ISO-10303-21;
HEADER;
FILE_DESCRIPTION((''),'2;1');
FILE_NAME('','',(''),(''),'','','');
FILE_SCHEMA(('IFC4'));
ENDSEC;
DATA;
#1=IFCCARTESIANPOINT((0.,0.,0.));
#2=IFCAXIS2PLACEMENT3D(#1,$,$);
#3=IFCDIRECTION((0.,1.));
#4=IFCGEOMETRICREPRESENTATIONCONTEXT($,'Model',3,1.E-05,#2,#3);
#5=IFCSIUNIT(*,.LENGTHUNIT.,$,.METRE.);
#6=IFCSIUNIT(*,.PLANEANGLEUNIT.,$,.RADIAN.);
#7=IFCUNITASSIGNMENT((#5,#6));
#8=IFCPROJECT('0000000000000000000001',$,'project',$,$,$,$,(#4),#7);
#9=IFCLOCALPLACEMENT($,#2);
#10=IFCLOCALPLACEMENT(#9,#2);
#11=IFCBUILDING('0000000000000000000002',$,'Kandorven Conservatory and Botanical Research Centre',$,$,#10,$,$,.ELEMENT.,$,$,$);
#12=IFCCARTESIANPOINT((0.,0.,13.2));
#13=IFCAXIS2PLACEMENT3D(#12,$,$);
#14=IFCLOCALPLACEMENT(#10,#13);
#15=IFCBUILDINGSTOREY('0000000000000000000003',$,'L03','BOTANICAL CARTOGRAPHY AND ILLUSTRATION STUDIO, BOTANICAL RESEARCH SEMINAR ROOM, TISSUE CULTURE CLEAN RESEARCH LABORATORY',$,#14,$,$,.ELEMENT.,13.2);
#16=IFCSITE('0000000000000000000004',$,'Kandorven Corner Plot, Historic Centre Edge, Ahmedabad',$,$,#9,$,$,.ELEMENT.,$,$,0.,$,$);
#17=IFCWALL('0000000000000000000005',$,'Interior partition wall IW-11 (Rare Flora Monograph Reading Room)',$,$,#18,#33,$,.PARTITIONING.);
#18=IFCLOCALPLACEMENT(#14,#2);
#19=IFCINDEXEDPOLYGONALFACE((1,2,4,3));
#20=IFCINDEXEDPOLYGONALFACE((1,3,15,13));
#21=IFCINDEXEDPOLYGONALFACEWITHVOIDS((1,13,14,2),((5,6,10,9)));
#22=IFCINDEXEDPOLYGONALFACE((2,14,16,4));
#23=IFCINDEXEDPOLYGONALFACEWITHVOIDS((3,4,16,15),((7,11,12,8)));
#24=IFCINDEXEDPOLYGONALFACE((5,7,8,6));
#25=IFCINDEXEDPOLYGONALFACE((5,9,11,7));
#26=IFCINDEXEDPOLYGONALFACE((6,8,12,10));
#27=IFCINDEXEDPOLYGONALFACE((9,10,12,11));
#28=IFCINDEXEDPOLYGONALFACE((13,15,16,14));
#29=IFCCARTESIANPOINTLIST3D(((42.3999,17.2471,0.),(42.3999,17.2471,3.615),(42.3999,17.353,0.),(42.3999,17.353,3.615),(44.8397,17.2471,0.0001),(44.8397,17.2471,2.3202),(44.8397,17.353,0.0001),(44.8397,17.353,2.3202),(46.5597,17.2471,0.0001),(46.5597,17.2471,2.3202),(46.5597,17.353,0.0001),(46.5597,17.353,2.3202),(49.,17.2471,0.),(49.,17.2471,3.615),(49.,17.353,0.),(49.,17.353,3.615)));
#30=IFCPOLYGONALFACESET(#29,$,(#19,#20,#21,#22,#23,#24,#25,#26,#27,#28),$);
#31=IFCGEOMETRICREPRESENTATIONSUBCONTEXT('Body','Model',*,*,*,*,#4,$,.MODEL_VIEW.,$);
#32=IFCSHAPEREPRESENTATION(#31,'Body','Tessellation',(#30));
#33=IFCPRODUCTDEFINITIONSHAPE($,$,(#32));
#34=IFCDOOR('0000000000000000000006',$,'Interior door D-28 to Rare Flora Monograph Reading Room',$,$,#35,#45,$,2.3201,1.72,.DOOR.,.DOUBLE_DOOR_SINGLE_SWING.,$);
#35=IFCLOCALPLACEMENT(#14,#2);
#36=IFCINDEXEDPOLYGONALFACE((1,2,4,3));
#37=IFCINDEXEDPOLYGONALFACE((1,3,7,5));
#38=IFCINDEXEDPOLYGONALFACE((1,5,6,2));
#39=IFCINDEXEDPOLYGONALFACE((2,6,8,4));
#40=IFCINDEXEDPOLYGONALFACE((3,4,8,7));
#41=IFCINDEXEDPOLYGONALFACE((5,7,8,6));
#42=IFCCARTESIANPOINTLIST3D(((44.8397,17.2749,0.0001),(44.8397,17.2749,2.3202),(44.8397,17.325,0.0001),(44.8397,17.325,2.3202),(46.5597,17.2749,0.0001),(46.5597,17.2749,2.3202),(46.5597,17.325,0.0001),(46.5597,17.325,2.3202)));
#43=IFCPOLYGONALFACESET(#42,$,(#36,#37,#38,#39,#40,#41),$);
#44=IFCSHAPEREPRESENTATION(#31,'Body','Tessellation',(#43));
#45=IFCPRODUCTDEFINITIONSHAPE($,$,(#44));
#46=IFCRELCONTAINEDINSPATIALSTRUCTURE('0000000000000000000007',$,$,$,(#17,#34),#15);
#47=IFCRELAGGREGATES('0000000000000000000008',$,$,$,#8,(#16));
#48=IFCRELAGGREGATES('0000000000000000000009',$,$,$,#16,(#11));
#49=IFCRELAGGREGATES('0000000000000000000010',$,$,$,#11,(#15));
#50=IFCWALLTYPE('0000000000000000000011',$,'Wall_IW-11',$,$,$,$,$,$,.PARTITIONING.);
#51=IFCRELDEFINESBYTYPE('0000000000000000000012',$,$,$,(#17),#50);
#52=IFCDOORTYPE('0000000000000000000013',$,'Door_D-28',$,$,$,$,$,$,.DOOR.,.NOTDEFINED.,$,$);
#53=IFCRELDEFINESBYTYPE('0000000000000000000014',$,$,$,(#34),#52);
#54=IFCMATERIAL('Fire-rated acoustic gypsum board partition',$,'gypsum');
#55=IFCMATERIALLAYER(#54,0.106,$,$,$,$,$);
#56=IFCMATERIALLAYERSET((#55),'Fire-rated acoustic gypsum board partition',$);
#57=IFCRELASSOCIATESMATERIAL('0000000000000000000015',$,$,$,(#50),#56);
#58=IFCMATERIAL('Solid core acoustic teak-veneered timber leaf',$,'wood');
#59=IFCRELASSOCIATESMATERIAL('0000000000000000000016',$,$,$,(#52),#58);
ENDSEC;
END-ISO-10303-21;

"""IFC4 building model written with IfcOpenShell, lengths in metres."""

from ifc_helpers import new_model, si_unit, direction, frame, frame_2d, origin, place, context, subcontext, project, spatial, rectangle, extrude, material, layer, layer_set, type_object, element, fill, save


model = new_model("IFC4")

# Units and contexts
model_context = context("Model", 3, precision=1e-05, world=origin(), true_north=direction((0.0, 1.0)))
body_context = subcontext(model_context, "Body", "Model", "MODEL_VIEW")
ifc_project = project(units=[si_unit("LENGTHUNIT", "METRE"), si_unit("PLANEANGLEUNIT", "RADIAN")], contexts=[model_context])

# Site, building, storey
site_placement = place(None, origin())
site = spatial("IfcSite", under=ifc_project, at=site_placement, Name="Kandorven Corner Plot, Historic Centre Edge, Ahmedabad", CompositionType="ELEMENT", RefElevation=0.0)
building_placement = place(site_placement, origin())
building = spatial("IfcBuilding", under=site, at=building_placement, Name="Kandorven Conservatory and Botanical Research Centre", CompositionType="ELEMENT")
storey_placement = place(building_placement, frame((0.0, 0.0, 13.2)))
storey = spatial("IfcBuildingStorey", under=building, at=storey_placement, Name="L03", Description="BOTANICAL CARTOGRAPHY AND ILLUSTRATION STUDIO, BOTANICAL RESEARCH SEMINAR ROOM, TISSUE CULTURE CLEAN RESEARCH LABORATORY", CompositionType="ELEMENT", Elevation=13.2)

# Wall, opening, door
ifc_material_1 = material(Name="Fire-rated acoustic gypsum board partition", Category="gypsum")
ifc_layer_1 = layer(ifc_material_1, 0.106)
ifc_layer_set_1 = layer_set([ifc_layer_1], Name="Fire-rated acoustic gypsum board partition")
wall_type_1 = type_object("IfcWallType", Name="Wall_IW-11", PredefinedType="PARTITIONING", material=ifc_layer_set_1)
wall_1_placement = place(storey_placement, frame((42.3999, 17.3, 0.0), z_axis=(0.0, 0.0, 1.0), x_axis=(1.0, 0.0, 0.0)))
wall_1 = element("IfcWall", 1, at=wall_1_placement, inside=storey, type_object=wall_type_1, Name="Interior partition wall IW-11 (Rare Flora Monograph Reading Room)", PredefinedType="PARTITIONING", context=body_context, shape_type="SweptSolid", body=[
    extrude(rectangle(XDim=6.6001, YDim=0.106, at=frame_2d((3.3, 0.0))), origin(), (0.0, 0.0, 1.0), 3.615),
])
opening_1_placement = place(wall_1_placement, frame((2.4399, 0.0, 0.0)))
opening_1 = element("IfcOpeningElement", 2, at=opening_1_placement, cuts=wall_1, PredefinedType="OPENING", context=body_context, shape_type="SweptSolid", body=[
    extrude(rectangle(XDim=1.72, YDim=2.3201, at=frame_2d((0.8599, 1.1602))), frame((0.0, 0.063, 0.0), z_axis=(0.0, -1.0, 0.0), x_axis=(1.0, 0.0, 0.0)), (0.0, 0.0, 1.0), 0.126),
])
ifc_material_2 = material(Name="Solid core acoustic teak-veneered timber leaf", Category="wood")
door_type_1 = type_object("IfcDoorType", Name="Door_D-28", OperationType="NOTDEFINED", PredefinedType="DOOR", material=ifc_material_2)
door_1_placement = place(opening_1_placement, origin())
door_1 = element("IfcDoor", 3, at=door_1_placement, inside=storey, type_object=door_type_1, Name="Interior door D-28 to Rare Flora Monograph Reading Room", OperationType="DOUBLE_DOOR_SINGLE_SWING", OverallHeight=2.3201, OverallWidth=1.72, PredefinedType="DOOR", context=body_context, shape_type="SweptSolid", body=[
    extrude(rectangle(XDim=1.72, YDim=2.3201, at=frame_2d((0.8599, 1.1602))), frame((0.0, 0.0249, 0.0), z_axis=(0.0, -1.0, 0.0), x_axis=(1.0, 0.0, 0.0)), (0.0, 0.0, 1.0), 0.05),
])
fill(opening_1, door_1)

save(model, "model.ifc")
